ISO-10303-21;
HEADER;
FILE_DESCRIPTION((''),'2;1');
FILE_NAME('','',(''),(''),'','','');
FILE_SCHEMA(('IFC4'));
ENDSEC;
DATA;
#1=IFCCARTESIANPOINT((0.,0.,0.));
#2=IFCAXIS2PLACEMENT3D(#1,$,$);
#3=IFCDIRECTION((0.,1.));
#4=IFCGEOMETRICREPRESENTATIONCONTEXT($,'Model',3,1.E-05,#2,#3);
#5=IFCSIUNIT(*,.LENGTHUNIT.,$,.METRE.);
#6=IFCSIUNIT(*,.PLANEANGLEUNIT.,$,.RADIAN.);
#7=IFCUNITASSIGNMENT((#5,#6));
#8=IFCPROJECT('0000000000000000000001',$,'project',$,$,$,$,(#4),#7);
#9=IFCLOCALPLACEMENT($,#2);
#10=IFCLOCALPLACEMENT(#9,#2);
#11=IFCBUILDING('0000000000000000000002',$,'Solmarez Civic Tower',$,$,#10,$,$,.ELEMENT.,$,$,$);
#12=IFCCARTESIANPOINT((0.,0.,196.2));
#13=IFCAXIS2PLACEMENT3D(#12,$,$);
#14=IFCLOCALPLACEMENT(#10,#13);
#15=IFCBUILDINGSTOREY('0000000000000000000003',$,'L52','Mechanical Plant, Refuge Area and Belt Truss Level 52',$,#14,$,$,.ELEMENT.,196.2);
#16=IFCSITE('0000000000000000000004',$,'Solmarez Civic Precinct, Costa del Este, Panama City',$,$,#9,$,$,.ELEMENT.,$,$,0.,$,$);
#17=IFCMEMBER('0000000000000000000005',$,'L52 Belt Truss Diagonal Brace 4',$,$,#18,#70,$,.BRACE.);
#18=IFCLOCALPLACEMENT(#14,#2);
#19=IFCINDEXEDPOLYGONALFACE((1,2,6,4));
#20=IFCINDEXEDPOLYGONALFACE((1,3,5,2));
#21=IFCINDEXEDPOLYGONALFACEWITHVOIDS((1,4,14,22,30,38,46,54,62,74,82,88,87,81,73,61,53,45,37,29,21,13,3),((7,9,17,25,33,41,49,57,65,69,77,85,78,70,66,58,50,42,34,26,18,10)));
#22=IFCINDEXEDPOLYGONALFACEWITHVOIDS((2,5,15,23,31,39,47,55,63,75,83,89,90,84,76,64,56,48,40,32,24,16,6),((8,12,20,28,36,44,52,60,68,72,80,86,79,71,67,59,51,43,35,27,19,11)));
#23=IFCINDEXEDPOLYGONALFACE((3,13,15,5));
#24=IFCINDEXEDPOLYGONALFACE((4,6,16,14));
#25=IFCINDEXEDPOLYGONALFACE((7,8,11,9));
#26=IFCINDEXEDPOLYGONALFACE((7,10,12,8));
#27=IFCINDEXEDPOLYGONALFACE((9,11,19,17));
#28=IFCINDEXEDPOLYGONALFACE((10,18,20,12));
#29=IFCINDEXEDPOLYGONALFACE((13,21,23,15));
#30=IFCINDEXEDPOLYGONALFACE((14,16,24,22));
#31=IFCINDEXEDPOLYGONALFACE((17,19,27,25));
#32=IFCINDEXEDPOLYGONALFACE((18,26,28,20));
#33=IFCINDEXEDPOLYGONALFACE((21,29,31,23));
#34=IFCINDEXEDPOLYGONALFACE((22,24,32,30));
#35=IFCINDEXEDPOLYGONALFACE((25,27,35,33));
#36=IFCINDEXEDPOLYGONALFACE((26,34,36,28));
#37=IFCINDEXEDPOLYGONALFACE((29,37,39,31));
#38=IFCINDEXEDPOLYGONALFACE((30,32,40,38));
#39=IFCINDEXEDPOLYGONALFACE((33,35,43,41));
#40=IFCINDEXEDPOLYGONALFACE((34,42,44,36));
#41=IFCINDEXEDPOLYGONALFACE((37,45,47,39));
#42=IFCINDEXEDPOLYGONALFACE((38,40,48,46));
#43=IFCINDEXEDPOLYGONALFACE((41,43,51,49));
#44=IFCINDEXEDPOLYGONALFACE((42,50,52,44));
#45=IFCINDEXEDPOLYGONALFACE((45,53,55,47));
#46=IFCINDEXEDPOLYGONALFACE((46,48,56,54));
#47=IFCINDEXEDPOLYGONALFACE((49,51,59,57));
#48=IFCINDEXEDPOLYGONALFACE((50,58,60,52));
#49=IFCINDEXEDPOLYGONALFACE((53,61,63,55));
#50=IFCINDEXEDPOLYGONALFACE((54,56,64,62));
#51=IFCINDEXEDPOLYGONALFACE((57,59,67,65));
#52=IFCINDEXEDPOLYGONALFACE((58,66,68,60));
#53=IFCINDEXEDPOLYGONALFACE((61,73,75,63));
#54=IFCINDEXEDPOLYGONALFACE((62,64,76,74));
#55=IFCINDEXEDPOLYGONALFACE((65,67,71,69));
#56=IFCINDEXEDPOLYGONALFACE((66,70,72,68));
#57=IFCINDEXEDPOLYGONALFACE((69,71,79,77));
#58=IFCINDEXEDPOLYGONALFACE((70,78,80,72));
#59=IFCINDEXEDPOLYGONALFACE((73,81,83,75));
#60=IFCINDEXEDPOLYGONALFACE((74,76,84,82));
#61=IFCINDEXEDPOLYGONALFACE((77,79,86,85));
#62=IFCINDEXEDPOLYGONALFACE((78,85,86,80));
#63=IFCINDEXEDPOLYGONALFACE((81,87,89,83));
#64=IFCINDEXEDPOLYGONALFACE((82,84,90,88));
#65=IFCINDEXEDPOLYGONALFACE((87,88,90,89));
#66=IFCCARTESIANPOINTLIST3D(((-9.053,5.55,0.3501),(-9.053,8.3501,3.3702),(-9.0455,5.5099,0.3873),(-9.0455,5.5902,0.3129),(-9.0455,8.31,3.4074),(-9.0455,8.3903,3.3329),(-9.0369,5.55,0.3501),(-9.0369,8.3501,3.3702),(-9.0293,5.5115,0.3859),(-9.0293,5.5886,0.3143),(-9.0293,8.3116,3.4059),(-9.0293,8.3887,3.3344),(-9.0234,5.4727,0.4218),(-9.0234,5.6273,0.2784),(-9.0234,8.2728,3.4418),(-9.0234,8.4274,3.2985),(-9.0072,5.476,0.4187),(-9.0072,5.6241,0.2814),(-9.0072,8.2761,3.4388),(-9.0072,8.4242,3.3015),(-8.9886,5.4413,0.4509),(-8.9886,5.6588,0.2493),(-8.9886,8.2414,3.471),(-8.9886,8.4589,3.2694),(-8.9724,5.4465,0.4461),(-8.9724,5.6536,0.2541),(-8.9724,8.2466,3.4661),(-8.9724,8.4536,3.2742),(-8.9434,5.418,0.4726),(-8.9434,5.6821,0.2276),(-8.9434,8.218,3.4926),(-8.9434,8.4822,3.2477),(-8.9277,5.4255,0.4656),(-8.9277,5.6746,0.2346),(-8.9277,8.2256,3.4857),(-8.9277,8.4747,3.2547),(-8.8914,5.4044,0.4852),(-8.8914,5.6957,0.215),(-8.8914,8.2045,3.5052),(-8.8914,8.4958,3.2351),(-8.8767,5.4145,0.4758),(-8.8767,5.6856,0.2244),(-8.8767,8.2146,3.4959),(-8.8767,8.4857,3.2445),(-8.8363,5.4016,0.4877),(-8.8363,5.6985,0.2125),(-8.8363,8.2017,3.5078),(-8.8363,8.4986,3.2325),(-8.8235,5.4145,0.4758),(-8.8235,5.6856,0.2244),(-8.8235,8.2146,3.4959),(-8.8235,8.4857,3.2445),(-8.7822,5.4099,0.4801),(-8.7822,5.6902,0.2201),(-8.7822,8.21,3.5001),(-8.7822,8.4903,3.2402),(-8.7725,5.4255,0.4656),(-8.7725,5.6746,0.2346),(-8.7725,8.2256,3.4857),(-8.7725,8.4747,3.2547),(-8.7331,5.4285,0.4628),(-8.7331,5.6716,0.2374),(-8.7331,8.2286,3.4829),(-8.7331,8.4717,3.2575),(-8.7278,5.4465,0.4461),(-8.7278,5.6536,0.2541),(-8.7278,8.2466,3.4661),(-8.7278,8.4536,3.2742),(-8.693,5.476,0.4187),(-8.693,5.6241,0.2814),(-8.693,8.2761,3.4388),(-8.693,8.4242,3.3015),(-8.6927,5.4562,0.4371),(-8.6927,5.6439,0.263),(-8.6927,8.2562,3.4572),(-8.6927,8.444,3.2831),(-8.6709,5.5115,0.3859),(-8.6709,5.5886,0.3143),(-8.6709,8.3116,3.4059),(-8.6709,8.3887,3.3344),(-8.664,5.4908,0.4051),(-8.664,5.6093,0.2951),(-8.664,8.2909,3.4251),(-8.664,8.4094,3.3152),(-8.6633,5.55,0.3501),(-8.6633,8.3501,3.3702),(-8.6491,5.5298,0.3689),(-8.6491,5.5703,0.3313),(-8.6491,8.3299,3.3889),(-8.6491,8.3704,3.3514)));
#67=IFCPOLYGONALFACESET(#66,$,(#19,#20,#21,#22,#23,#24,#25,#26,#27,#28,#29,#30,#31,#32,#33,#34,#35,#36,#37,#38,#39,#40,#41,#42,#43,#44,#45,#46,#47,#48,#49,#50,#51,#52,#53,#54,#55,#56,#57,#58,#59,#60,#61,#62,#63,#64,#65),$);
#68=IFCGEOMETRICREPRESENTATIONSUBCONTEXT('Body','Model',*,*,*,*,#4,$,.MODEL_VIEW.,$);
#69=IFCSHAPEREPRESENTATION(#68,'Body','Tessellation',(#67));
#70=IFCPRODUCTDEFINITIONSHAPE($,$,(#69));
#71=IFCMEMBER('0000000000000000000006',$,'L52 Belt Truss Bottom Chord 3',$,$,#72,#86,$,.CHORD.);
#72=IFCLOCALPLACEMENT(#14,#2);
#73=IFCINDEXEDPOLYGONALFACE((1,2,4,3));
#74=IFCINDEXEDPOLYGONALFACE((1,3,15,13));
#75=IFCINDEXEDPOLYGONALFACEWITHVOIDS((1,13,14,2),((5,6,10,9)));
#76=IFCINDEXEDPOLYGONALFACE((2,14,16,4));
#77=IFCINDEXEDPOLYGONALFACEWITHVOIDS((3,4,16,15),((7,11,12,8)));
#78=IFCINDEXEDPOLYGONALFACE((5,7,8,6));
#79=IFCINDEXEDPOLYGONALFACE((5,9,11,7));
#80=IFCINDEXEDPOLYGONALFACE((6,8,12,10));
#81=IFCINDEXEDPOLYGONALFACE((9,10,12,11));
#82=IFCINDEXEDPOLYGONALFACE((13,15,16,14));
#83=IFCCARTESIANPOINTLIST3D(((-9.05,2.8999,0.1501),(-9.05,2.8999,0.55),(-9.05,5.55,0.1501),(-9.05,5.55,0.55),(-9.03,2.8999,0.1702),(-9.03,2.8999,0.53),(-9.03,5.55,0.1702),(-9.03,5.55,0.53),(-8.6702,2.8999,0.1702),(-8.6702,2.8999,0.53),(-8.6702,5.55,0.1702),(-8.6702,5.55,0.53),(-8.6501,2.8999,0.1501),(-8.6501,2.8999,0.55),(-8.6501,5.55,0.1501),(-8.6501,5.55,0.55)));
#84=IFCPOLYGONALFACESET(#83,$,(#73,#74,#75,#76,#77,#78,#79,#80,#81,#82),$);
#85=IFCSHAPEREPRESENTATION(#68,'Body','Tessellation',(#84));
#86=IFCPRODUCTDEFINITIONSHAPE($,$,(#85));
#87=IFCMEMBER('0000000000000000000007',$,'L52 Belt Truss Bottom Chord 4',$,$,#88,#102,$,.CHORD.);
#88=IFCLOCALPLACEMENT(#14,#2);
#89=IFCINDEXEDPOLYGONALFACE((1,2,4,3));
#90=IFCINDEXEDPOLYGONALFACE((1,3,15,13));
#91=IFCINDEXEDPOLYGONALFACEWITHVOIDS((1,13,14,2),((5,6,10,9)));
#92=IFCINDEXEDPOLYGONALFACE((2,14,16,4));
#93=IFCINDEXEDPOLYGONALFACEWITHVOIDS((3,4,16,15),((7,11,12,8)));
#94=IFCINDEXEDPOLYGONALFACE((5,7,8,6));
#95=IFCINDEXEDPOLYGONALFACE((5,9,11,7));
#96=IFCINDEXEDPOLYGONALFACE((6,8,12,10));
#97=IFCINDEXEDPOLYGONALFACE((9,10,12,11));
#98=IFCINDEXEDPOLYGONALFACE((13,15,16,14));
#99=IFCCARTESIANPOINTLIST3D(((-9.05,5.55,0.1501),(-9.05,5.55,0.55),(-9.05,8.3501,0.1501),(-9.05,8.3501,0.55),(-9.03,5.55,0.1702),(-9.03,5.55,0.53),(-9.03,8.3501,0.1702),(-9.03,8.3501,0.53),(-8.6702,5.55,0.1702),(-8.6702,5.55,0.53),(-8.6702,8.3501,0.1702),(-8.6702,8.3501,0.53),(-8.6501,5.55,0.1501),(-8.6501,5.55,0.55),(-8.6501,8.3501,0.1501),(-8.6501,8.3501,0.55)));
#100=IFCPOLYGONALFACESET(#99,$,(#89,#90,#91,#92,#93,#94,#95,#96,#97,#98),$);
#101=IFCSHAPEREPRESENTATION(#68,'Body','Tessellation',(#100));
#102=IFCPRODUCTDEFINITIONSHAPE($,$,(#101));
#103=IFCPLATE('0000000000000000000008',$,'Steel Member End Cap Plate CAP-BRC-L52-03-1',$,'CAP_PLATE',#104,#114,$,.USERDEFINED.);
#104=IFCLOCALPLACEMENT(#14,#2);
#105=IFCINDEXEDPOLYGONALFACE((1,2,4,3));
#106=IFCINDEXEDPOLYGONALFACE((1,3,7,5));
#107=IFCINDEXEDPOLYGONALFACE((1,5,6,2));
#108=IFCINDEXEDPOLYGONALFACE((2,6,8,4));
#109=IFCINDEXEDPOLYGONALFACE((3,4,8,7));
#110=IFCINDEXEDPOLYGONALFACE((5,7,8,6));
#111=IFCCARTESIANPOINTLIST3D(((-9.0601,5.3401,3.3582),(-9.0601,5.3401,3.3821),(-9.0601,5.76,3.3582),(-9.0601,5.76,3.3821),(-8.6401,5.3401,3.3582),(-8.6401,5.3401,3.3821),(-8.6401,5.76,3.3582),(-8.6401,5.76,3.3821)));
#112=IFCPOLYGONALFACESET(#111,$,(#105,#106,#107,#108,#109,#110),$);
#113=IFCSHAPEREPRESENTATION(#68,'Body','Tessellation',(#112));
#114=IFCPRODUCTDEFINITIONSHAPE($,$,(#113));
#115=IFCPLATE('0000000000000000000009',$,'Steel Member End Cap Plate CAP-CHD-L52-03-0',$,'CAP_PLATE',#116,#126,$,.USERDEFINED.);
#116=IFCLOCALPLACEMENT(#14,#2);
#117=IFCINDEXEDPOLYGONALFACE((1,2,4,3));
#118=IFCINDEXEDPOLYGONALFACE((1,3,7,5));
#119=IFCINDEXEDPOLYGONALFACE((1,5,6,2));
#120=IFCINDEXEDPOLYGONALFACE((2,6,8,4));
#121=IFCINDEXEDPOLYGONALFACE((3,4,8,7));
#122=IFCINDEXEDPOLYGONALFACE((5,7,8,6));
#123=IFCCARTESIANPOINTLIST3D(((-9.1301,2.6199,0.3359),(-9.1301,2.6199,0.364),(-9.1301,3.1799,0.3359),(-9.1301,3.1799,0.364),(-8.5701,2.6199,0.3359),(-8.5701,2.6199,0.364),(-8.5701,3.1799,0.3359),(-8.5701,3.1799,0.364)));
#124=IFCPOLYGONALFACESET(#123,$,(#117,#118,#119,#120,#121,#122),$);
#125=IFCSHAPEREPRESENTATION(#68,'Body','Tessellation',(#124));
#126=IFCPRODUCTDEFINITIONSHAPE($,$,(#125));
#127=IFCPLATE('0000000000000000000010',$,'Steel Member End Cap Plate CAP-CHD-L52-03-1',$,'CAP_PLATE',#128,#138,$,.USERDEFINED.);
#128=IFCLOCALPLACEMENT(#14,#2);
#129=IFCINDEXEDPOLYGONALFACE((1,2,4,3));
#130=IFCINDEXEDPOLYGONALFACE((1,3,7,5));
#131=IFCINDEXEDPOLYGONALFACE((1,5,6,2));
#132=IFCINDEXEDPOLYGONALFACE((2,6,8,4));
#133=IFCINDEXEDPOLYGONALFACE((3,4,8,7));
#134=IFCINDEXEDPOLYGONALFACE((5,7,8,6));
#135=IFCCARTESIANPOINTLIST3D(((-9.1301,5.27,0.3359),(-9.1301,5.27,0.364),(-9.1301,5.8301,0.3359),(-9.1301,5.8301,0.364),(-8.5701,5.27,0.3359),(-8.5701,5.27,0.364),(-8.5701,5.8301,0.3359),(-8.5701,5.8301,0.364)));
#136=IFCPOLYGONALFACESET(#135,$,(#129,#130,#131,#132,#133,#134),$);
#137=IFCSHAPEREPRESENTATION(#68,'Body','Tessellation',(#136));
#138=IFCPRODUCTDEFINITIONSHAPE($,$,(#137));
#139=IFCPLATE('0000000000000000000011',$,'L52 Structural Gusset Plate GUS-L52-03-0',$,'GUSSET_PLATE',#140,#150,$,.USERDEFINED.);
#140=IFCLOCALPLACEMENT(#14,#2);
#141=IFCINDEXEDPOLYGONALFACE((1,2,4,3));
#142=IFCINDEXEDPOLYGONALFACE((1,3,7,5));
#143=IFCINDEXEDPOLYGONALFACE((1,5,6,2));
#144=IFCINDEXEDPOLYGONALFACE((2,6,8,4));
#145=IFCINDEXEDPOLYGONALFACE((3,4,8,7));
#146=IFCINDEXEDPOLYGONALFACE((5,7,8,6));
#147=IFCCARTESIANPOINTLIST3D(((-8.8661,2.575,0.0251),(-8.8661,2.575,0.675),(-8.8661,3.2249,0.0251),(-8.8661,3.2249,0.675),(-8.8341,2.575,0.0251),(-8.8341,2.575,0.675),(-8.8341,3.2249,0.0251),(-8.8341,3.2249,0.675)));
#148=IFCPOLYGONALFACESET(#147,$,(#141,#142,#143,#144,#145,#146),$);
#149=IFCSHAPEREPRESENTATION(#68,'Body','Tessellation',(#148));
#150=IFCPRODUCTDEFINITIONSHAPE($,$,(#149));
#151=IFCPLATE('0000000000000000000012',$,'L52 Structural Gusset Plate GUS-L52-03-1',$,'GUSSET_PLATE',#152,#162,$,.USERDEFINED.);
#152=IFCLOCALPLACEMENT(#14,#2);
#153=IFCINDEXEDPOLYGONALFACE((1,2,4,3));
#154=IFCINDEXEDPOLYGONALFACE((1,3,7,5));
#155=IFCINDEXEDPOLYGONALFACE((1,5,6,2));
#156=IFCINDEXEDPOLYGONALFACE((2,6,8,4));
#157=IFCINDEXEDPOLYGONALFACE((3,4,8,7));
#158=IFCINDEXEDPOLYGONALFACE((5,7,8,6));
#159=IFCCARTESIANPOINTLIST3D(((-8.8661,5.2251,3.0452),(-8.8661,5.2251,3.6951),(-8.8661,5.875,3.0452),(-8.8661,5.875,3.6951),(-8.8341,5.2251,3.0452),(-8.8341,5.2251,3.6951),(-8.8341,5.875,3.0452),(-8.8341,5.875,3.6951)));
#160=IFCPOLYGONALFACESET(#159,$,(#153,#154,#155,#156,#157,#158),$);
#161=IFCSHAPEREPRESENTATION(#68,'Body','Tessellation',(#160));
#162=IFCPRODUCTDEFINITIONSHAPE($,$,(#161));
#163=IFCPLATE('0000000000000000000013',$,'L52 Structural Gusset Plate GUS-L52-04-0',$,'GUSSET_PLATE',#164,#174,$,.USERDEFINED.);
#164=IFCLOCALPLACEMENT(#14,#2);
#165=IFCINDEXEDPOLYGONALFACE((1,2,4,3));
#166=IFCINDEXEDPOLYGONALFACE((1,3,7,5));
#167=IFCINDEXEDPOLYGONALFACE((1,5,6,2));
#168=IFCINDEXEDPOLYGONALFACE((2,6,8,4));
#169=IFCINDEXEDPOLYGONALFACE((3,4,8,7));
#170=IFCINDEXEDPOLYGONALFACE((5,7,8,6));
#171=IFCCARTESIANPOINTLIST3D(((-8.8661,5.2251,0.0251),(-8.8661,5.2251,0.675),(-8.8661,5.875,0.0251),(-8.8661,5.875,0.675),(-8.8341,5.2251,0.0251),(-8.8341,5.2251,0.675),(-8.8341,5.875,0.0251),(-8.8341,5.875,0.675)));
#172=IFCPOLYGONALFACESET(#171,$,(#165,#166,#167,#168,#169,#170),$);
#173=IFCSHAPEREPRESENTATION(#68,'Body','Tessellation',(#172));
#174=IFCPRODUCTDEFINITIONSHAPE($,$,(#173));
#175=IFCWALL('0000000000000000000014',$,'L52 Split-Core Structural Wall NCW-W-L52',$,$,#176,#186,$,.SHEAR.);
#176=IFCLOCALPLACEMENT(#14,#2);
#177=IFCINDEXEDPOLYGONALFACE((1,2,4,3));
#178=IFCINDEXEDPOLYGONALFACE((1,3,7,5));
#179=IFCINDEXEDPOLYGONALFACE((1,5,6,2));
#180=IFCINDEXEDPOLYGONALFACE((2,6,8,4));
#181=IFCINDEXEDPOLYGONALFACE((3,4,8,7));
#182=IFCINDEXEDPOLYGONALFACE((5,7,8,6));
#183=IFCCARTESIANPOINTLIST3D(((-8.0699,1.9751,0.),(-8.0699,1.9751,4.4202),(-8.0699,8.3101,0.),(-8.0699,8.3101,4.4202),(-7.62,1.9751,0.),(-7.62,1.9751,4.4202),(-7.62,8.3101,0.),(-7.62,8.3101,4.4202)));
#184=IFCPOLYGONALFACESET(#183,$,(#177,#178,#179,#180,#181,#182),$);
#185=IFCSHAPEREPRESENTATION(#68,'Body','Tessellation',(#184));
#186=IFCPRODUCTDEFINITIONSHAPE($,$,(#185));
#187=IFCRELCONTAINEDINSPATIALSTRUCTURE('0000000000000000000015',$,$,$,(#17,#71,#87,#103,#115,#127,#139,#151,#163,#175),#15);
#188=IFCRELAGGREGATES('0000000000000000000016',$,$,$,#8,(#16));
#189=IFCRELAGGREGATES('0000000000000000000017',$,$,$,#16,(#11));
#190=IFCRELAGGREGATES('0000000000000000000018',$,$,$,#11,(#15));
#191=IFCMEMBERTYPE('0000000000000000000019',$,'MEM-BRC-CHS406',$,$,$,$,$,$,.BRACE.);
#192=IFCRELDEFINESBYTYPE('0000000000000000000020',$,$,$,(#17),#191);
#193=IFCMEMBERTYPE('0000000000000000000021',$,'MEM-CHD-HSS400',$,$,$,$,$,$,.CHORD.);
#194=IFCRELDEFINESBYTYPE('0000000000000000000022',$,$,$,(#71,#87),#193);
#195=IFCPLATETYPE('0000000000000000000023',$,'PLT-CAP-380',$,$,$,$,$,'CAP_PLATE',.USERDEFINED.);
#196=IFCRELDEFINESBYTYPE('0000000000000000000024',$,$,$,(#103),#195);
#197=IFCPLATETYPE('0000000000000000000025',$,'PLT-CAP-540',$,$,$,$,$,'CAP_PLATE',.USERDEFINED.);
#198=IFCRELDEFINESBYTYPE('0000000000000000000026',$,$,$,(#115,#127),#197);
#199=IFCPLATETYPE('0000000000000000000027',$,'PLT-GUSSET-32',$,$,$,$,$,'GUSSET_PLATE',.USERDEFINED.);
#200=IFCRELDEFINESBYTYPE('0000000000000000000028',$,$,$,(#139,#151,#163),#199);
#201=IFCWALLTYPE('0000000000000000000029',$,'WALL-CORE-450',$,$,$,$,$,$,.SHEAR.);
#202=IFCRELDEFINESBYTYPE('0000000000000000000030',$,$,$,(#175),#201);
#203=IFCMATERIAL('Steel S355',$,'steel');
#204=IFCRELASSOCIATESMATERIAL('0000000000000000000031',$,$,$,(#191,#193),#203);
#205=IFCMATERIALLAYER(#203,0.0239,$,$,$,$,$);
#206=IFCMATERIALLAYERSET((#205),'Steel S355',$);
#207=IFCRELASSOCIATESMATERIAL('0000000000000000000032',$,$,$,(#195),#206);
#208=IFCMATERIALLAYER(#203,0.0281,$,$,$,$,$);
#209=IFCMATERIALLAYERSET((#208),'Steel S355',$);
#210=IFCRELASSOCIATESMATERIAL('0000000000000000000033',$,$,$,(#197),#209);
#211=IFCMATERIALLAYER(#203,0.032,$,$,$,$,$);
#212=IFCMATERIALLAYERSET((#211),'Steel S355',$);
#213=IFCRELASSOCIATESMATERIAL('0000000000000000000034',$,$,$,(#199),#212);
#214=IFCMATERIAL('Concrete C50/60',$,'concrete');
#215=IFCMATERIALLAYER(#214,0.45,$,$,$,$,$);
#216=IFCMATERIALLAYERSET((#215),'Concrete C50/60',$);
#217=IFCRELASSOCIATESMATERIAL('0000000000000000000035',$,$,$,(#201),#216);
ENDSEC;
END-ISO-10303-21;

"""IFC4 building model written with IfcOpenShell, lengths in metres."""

from ifc_helpers import new_model, si_unit, direction, frame, frame_2d, origin, origin_2d, place, context, subcontext, project, spatial, rectangle, hollow_rectangle, hollow_circle, extrude, material, layer, layer_set, material_profile, profile_set, type_object, element, save


model = new_model("IFC4")

# Units and contexts
model_context = context("Model", 3, precision=1e-05, world=origin(), true_north=direction((0.0, 1.0)))
body_context = subcontext(model_context, "Body", "Model", "MODEL_VIEW")
ifc_project = project(units=[si_unit("LENGTHUNIT", "METRE"), si_unit("PLANEANGLEUNIT", "RADIAN")], contexts=[model_context])

# Site, building, storey
site_placement = place(None, origin())
site = spatial("IfcSite", under=ifc_project, at=site_placement, Name="Solmarez Civic Precinct, Costa del Este, Panama City", CompositionType="ELEMENT", RefElevation=0.0)
building_placement = place(site_placement, origin())
building = spatial("IfcBuilding", under=site, at=building_placement, Name="Solmarez Civic Tower", CompositionType="ELEMENT")
storey_placement = place(building_placement, frame((0.0, 0.0, 196.2)))
storey = spatial("IfcBuildingStorey", under=building, at=storey_placement, Name="L52", Description="Mechanical Plant, Refuge Area and Belt Truss Level 52", CompositionType="ELEMENT", Elevation=196.2)

# Shared definitions
ifc_material_1 = material(Name="Concrete C50/60", Category="concrete")

# Shared definitions
ifc_material_2 = material(Name="Steel S355", Category="steel")

# Members
ifc_material_profile_1 = material_profile(ifc_material_2, hollow_circle(Radius=0.2029, WallThickness=0.0161, at=origin_2d()), Name="CHS406X16")
ifc_profile_set_1 = profile_set([ifc_material_profile_1], Name="Steel S355")
member_type_1 = type_object("IfcMemberType", Name="MEM-BRC-CHS406", PredefinedType="BRACE", material=ifc_profile_set_1)
member_1_placement = place(storey_placement, frame((-8.8501, 5.55, 0.3501), z_axis=(0.0, 0.679896, 0.733308), x_axis=(-1.0, 0.0, 0.0)))
element("IfcMember", 1, at=member_1_placement, inside=storey, type_object=member_type_1, Name="L52 Belt Truss Diagonal Brace 4", PredefinedType="BRACE", context=body_context, shape_type="SweptSolid", body=[
    extrude(hollow_circle(Radius=0.2029, WallThickness=0.0161, at=origin_2d()), origin(), (0.0, 0.0, 1.0), 4.1184),
])
ifc_material_profile_2 = material_profile(ifc_material_2, hollow_rectangle(XDim=0.3999, YDim=0.3999, WallThickness=0.02, at=origin_2d()), Name="HSS400X400X20")
ifc_profile_set_2 = profile_set([ifc_material_profile_2], Name="Steel S355")
member_type_2 = type_object("IfcMemberType", Name="MEM-CHD-HSS400", PredefinedType="CHORD", material=ifc_profile_set_2)
member_2_placement = place(storey_placement, frame((-8.8501, 2.8999, 0.3501), z_axis=(0.0, 1.0, 0.0), x_axis=(-1.0, 0.0, 0.0)))
element("IfcMember", 2, at=member_2_placement, inside=storey, type_object=member_type_2, Name="L52 Belt Truss Bottom Chord 3", PredefinedType="CHORD", context=body_context, shape_type="SweptSolid", body=[
    extrude(hollow_rectangle(XDim=0.3999, YDim=0.3999, WallThickness=0.02, at=origin_2d()), origin(), (0.0, 0.0, 1.0), 2.6501),
])
member_3_placement = place(storey_placement, frame((-8.8501, 5.55, 0.3501), z_axis=(0.0, 1.0, 0.0), x_axis=(-1.0, 0.0, 0.0)))
element("IfcMember", 3, at=member_3_placement, inside=storey, type_object=member_type_2, Name="L52 Belt Truss Bottom Chord 4", PredefinedType="CHORD", context=body_context, shape_type="SweptSolid", body=[
    extrude(hollow_rectangle(XDim=0.3999, YDim=0.3999, WallThickness=0.02, at=origin_2d()), origin(), (0.0, 0.0, 1.0), 2.8),
])

# Plates
ifc_layer_1 = layer(ifc_material_2, 0.0239)
ifc_layer_set_1 = layer_set([ifc_layer_1], Name="Steel S355")
plate_type_1 = type_object("IfcPlateType", Name="PLT-CAP-380", ElementType="CAP_PLATE", PredefinedType="USERDEFINED", material=ifc_layer_set_1)
plate_placement = place(storey_placement, frame((-8.8501, 5.55, 3.3582), z_axis=(0.0, 0.0, 1.0), x_axis=(1.0, 0.0, 0.0)))
element("IfcPlate", 4, at=plate_placement, inside=storey, type_object=plate_type_1, Name="Steel Member End Cap Plate CAP-BRC-L52-03-1", ObjectType="CAP_PLATE", PredefinedType="USERDEFINED", context=body_context, shape_type="SweptSolid", body=[
    extrude(rectangle(XDim=0.4199, YDim=0.4199, at=origin_2d()), origin(), (0.0, 0.0, 1.0), 0.0239),
])
ifc_layer_2 = layer(ifc_material_2, 0.0281)
ifc_layer_set_2 = layer_set([ifc_layer_2], Name="Steel S355")
plate_type_2 = type_object("IfcPlateType", Name="PLT-CAP-540", ElementType="CAP_PLATE", PredefinedType="USERDEFINED", material=ifc_layer_set_2)
for number, where, z_axis, x_axis, name in (
    (5, (-8.8501, 2.8999, 0.3359), (0.0, 0.0, 1.0), (1.0, 0.0, 0.0), "Steel Member End Cap Plate CAP-CHD-L52-03-0"),
    (6, (-8.8501, 5.55, 0.3359), (0.0, 0.0, 1.0), (1.0, 0.0, 0.0), "Steel Member End Cap Plate CAP-CHD-L52-03-1"),
):
    element("IfcPlate", number, at=place(storey_placement, frame(where, z_axis=z_axis, x_axis=x_axis)), inside=storey, type_object=plate_type_2, Name=name, ObjectType="CAP_PLATE", PredefinedType="USERDEFINED", context=body_context, shape_type="SweptSolid", body=[
        extrude(rectangle(XDim=0.5601, YDim=0.5601, at=origin_2d()), origin(), (0.0, 0.0, 1.0), 0.0281),
    ])
ifc_layer_3 = layer(ifc_material_2, 0.032)
ifc_layer_set_3 = layer_set([ifc_layer_3], Name="Steel S355")
plate_type_3 = type_object("IfcPlateType", Name="PLT-GUSSET-32", ElementType="GUSSET_PLATE", PredefinedType="USERDEFINED", material=ifc_layer_set_3)
for number, where, z_axis, x_axis, name in (
    (7, (-8.8501, 2.8999, 0.0251), (0.0, 0.0, 1.0), (0.0, 1.0, 0.0), "L52 Structural Gusset Plate GUS-L52-03-0"),
    (8, (-8.8501, 5.55, 3.0452), (0.0, 0.0, 1.0), (0.0, 1.0, 0.0), "L52 Structural Gusset Plate GUS-L52-03-1"),
    (9, (-8.8501, 5.55, 0.0251), (0.0, 0.0, 1.0), (0.0, 1.0, 0.0), "L52 Structural Gusset Plate GUS-L52-04-0"),
):
    element("IfcPlate", number, at=place(storey_placement, frame(where, z_axis=z_axis, x_axis=x_axis)), inside=storey, type_object=plate_type_3, Name=name, ObjectType="GUSSET_PLATE", PredefinedType="USERDEFINED", context=body_context, shape_type="SweptSolid", body=[
        extrude(rectangle(XDim=0.6499, YDim=0.032, at=origin_2d()), origin(), (0.0, 0.0, 1.0), 0.6499),
    ])

# Wall
ifc_layer_4 = layer(ifc_material_1, 0.45)
ifc_layer_set_4 = layer_set([ifc_layer_4], Name="Concrete C50/60")
wall_type_1 = type_object("IfcWallType", Name="WALL-CORE-450", PredefinedType="SHEAR", material=ifc_layer_set_4)
wall_1_placement = place(storey_placement, frame((-7.845, 1.9751, 0.0), z_axis=(0.0, 0.0, 1.0), x_axis=(0.0, 1.0, 0.0)))
element("IfcWall", 10, at=wall_1_placement, inside=storey, type_object=wall_type_1, Name="L52 Split-Core Structural Wall NCW-W-L52", PredefinedType="SHEAR", context=body_context, shape_type="SweptSolid", body=[
    extrude(rectangle(XDim=6.335, YDim=0.45, at=frame_2d((3.1675, 0.0))), origin(), (0.0, 0.0, 1.0), 4.4202),
])

save(model, "model.ifc")
